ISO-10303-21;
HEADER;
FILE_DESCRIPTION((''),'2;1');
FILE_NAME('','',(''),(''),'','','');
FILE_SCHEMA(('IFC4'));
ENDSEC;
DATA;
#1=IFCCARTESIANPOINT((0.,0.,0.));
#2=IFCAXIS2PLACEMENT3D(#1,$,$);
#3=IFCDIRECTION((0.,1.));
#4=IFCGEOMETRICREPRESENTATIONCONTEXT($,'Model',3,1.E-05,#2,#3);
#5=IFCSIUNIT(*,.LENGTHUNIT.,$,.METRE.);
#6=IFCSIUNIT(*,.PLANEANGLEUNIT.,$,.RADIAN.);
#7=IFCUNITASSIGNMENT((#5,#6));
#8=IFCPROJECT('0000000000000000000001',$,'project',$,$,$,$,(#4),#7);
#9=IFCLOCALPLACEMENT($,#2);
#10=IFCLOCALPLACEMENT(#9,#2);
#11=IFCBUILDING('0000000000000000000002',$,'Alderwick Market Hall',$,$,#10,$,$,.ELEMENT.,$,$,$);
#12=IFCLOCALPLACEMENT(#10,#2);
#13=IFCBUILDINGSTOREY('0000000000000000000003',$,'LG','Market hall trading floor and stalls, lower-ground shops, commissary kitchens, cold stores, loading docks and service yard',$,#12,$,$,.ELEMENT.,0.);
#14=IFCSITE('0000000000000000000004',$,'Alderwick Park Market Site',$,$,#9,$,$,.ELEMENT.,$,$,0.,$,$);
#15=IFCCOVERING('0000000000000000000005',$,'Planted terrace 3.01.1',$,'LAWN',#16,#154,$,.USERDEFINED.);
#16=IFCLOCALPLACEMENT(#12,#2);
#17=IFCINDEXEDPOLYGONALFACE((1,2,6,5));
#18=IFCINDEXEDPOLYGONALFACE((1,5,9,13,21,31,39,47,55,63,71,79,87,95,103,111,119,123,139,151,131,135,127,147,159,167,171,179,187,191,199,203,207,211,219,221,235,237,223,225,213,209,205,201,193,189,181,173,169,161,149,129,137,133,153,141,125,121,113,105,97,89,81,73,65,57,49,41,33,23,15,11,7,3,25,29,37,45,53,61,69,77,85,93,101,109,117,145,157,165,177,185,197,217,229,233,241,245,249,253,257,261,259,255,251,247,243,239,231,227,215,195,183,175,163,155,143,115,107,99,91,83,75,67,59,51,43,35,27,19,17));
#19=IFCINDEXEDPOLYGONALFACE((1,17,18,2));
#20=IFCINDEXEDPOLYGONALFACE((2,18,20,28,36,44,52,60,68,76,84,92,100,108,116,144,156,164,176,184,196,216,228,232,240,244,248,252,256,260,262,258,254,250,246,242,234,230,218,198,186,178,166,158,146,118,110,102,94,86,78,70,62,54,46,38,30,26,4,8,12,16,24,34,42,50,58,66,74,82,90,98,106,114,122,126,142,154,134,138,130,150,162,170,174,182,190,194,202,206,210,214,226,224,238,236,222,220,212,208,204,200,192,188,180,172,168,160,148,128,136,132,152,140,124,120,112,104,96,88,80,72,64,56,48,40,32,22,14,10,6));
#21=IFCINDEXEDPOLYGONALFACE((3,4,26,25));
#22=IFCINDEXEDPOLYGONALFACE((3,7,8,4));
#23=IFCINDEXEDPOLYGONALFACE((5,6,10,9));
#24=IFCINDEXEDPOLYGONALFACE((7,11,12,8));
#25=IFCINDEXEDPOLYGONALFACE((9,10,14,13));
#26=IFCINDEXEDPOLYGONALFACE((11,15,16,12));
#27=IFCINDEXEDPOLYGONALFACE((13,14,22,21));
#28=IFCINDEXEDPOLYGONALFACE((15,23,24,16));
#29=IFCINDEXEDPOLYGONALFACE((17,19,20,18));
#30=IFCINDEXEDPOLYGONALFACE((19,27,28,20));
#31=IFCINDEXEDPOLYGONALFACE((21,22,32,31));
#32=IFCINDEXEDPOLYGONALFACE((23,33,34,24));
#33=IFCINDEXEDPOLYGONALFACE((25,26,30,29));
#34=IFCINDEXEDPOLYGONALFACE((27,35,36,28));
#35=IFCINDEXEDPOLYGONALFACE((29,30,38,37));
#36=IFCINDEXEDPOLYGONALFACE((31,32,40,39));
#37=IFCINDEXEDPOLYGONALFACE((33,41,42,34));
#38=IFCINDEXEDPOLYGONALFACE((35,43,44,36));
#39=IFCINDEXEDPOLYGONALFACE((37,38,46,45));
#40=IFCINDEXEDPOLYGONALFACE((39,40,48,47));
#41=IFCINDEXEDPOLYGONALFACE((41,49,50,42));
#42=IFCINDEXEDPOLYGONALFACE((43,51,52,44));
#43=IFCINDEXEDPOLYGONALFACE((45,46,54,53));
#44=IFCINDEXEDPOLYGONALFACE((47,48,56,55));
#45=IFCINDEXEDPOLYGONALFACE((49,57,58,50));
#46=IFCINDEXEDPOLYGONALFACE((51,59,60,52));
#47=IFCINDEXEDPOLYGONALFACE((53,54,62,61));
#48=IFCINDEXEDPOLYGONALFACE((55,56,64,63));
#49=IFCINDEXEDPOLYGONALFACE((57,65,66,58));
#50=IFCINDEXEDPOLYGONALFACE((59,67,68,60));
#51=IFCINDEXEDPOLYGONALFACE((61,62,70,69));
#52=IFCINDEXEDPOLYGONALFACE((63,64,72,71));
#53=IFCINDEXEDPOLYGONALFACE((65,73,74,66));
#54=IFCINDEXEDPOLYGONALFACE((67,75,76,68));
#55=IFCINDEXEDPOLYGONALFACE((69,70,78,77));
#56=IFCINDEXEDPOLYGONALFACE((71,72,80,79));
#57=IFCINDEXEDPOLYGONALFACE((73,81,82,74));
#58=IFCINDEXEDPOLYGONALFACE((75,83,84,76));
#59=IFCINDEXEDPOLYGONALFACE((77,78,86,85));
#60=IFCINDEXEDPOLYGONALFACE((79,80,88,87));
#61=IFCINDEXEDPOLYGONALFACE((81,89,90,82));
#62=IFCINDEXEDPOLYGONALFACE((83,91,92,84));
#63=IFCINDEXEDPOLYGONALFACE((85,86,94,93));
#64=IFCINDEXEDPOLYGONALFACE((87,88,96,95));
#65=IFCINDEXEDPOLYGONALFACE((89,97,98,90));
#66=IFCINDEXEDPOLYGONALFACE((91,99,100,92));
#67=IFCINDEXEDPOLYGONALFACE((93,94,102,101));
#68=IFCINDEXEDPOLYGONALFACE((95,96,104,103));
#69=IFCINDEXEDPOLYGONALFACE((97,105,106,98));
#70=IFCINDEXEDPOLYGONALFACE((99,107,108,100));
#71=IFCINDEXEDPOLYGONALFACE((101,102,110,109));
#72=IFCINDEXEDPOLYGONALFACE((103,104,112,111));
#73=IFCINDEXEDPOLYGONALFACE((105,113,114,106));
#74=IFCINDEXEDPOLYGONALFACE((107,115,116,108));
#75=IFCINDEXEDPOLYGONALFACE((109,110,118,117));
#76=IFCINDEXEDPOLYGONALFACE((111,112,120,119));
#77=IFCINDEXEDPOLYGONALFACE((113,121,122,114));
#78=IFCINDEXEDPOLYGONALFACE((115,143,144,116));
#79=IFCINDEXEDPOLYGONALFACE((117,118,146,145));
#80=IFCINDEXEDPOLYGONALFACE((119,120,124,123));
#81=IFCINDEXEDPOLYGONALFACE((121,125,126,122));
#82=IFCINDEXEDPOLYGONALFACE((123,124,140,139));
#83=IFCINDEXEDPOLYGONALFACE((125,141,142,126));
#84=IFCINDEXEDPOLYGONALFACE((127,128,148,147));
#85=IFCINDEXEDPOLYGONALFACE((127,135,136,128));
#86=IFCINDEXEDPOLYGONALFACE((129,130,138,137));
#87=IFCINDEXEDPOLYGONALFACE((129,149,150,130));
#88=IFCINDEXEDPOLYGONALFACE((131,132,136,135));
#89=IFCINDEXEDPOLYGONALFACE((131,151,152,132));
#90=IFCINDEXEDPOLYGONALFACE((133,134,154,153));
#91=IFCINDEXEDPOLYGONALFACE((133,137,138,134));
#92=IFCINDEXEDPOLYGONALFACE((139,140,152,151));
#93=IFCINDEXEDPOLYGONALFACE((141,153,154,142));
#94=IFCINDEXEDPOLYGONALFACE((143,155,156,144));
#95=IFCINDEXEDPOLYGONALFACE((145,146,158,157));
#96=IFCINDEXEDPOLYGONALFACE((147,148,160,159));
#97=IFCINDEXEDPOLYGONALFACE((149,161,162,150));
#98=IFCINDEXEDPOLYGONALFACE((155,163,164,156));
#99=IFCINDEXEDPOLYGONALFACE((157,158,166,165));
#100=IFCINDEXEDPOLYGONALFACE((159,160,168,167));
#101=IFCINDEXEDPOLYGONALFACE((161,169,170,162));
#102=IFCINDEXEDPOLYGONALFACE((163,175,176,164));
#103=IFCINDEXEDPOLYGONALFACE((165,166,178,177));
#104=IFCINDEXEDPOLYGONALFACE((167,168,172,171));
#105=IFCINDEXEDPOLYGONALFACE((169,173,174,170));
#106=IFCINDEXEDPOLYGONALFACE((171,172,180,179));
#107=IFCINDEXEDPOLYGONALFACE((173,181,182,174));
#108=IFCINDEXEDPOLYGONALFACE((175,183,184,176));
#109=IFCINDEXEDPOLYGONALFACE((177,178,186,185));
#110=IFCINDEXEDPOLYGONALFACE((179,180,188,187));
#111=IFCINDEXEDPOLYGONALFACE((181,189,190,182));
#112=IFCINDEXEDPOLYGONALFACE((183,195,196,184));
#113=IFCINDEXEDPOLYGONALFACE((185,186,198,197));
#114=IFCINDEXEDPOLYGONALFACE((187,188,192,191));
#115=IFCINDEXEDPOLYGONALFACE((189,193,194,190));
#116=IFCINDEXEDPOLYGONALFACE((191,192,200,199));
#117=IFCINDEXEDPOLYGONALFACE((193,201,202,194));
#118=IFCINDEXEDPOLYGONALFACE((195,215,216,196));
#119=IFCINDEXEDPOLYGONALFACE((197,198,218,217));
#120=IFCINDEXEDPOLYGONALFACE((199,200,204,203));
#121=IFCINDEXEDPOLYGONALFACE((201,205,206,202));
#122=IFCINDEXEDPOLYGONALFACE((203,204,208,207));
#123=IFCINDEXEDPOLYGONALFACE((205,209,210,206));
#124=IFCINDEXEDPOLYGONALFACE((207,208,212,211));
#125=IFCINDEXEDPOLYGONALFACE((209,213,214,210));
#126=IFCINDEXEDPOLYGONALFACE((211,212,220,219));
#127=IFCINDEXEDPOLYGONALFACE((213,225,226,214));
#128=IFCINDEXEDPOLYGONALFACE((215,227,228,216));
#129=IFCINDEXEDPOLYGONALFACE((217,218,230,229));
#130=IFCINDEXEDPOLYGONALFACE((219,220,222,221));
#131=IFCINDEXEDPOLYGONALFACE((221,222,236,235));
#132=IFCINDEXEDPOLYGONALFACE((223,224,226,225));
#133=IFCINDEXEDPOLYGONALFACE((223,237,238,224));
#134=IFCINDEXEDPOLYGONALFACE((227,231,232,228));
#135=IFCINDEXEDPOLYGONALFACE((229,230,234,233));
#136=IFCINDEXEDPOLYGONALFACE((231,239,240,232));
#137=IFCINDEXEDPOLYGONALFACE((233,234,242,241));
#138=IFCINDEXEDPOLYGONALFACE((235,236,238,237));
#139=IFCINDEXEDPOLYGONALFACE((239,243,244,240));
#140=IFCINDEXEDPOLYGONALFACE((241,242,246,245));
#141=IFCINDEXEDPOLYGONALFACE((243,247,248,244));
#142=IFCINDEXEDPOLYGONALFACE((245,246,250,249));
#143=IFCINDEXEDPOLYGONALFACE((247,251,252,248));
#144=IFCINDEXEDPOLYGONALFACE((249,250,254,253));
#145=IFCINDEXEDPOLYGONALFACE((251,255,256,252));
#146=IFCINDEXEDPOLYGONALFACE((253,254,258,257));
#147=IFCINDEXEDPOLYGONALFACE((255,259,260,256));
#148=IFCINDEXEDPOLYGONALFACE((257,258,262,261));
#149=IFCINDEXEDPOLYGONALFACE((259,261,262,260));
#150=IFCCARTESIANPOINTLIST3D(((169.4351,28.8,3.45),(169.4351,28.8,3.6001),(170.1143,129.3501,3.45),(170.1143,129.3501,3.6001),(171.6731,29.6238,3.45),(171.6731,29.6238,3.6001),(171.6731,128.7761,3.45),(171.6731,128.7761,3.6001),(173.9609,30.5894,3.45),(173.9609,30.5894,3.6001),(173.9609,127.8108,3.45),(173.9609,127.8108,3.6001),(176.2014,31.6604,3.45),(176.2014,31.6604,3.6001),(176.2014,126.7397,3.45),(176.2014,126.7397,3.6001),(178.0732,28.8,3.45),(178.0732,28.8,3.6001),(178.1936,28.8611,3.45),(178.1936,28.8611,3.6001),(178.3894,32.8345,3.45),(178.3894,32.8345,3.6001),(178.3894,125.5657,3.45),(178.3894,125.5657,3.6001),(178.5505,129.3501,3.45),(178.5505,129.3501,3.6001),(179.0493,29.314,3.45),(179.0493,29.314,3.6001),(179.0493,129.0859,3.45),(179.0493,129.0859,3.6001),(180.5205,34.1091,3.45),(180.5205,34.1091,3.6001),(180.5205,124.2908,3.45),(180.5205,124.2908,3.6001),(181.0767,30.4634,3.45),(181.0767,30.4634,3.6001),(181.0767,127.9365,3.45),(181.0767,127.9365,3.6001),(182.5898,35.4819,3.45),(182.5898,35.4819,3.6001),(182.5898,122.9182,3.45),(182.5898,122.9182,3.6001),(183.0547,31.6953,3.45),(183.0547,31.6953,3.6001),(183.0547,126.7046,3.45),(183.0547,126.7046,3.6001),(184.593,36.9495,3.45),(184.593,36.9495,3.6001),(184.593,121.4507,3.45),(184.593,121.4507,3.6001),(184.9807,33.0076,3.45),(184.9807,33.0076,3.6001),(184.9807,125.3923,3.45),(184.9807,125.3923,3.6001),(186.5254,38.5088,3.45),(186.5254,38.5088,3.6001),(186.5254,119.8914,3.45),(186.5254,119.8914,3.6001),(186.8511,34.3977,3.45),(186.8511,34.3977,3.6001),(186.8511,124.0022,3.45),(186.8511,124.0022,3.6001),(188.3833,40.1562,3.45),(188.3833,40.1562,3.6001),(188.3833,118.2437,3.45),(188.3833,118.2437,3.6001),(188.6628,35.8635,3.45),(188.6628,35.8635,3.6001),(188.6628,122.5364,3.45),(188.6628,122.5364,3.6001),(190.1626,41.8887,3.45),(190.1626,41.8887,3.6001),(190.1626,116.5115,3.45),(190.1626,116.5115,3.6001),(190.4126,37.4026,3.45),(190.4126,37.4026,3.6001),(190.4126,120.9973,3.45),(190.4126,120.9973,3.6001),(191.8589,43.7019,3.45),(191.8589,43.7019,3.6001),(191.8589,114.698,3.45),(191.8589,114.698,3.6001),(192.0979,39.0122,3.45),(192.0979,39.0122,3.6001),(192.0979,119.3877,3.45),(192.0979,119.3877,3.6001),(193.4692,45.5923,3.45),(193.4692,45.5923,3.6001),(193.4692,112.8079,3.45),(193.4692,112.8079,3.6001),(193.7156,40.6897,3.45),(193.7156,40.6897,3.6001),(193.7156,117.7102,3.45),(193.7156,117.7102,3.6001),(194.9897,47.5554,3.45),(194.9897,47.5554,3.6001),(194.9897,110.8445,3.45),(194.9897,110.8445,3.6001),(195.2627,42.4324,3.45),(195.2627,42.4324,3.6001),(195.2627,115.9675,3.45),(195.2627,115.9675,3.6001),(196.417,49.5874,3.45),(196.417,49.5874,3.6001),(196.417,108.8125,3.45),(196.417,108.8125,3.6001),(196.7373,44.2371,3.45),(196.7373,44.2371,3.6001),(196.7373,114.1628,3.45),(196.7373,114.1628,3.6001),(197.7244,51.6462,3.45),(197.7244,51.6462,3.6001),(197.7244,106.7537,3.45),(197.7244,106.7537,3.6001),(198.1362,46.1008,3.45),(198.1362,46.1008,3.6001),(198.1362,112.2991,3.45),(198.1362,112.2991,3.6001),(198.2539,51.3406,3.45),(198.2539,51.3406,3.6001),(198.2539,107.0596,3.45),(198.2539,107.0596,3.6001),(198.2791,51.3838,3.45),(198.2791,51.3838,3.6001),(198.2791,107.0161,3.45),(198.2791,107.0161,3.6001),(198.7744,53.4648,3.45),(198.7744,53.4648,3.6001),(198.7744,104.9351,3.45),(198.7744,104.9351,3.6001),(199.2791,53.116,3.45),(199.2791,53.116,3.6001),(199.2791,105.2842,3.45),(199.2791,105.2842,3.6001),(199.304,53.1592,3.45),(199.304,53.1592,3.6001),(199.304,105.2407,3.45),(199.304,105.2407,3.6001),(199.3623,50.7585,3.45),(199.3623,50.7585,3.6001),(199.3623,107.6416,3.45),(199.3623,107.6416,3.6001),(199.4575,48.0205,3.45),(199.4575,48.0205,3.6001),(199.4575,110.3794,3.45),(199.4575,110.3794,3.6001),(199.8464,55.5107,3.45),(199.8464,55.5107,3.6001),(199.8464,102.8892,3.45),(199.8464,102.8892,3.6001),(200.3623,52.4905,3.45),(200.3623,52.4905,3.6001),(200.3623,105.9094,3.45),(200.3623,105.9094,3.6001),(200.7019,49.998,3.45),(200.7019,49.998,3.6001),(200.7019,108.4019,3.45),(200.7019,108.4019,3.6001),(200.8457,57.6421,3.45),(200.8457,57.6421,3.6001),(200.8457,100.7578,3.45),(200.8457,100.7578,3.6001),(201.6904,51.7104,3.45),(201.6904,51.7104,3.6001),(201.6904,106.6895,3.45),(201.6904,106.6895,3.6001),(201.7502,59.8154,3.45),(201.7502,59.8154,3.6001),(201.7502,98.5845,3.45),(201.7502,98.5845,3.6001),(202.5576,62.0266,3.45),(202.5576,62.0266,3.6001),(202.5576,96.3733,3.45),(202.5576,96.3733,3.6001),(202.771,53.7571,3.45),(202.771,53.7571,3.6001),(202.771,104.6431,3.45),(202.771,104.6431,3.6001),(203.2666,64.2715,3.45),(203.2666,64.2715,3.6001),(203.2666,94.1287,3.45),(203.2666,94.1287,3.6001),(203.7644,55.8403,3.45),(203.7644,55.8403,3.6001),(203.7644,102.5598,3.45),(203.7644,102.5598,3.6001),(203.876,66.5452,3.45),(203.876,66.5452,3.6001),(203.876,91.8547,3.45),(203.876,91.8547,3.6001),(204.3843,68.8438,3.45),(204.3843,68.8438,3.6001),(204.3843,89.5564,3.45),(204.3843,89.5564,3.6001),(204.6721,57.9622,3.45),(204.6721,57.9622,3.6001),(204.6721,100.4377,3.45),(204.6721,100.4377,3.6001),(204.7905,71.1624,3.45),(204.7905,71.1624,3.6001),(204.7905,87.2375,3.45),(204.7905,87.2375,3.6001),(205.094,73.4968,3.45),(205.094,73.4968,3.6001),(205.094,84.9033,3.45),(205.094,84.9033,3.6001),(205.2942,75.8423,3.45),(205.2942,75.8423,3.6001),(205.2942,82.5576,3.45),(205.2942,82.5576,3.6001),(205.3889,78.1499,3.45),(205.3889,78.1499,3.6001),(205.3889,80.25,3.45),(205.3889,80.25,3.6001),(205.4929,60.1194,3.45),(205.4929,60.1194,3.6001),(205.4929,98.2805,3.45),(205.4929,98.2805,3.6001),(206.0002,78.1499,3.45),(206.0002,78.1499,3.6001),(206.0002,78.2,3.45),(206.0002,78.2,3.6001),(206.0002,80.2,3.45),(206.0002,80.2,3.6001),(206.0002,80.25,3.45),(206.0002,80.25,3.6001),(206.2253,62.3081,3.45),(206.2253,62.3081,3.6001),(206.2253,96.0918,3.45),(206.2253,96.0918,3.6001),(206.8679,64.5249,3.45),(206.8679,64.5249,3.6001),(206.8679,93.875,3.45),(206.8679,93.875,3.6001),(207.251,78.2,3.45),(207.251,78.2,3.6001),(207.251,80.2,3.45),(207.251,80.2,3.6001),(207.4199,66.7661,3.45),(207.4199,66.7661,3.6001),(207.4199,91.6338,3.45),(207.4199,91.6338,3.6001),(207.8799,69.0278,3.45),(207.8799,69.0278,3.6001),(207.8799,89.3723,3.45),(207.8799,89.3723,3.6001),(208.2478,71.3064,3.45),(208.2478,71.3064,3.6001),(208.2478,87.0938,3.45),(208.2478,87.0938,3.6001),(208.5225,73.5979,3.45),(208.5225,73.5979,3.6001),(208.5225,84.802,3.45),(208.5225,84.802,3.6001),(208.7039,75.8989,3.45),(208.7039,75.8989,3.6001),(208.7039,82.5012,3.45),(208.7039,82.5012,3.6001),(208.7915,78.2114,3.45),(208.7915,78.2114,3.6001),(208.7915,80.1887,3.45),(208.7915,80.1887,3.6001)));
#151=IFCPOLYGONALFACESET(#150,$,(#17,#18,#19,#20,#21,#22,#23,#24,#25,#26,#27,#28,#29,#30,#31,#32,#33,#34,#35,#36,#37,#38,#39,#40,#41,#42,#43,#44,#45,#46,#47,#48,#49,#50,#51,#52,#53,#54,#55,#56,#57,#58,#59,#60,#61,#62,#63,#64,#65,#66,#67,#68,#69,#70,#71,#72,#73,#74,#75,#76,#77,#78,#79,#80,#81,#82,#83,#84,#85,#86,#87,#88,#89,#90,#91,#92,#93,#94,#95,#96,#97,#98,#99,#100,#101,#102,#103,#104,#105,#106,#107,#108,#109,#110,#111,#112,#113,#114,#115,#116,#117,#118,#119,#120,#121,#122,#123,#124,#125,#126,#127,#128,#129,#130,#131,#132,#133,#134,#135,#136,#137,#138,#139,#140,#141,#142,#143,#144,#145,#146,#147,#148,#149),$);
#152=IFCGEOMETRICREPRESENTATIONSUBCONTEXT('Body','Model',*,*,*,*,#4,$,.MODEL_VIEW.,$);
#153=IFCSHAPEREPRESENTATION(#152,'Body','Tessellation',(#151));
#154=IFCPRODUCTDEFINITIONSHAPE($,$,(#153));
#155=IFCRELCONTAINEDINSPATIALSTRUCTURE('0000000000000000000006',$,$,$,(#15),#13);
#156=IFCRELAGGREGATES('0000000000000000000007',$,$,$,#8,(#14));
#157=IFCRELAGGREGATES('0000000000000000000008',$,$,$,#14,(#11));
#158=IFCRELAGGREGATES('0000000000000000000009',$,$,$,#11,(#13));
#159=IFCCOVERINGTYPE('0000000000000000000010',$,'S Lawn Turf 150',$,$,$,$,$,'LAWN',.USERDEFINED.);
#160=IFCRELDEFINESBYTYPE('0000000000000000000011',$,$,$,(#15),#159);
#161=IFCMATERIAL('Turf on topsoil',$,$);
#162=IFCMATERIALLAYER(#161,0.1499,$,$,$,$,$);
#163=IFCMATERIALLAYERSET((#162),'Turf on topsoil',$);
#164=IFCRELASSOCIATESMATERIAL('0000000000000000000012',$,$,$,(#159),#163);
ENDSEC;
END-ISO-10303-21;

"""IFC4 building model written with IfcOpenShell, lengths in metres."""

from ifc_helpers import new_model, si_unit, direction, frame, origin, place, context, subcontext, project, spatial, polyline, outline, extrude, material, layer, layer_set, type_object, element, save


model = new_model("IFC4")

# Units and contexts
model_context = context("Model", 3, precision=1e-05, world=origin(), true_north=direction((0.0, 1.0)))
body_context = subcontext(model_context, "Body", "Model", "MODEL_VIEW")
ifc_project = project(units=[si_unit("LENGTHUNIT", "METRE"), si_unit("PLANEANGLEUNIT", "RADIAN")], contexts=[model_context])

# Site, building, storey
site_placement = place(None, origin())
site = spatial("IfcSite", under=ifc_project, at=site_placement, Name="Alderwick Park Market Site", CompositionType="ELEMENT", RefElevation=0.0)
building_placement = place(site_placement, origin())
building = spatial("IfcBuilding", under=site, at=building_placement, Name="Alderwick Market Hall", CompositionType="ELEMENT")
storey_placement = place(building_placement, origin())
storey = spatial("IfcBuildingStorey", under=building, at=storey_placement, Name="LG", Description="Market hall trading floor and stalls, lower-ground shops, commissary kitchens, cold stores, loading docks and service yard", CompositionType="ELEMENT", Elevation=0.0)

# Covering
ifc_material_1 = material(Name="Turf on topsoil")
ifc_layer_1 = layer(ifc_material_1, 0.1499)
ifc_layer_set_1 = layer_set([ifc_layer_1], Name="Turf on topsoil")
covering_type = type_object("IfcCoveringType", Name="S Lawn Turf 150", ElementType="LAWN", PredefinedType="USERDEFINED", material=ifc_layer_set_1)
covering_placement = place(storey_placement, frame((0.0, 0.0, 3.45)))
element("IfcCovering", 1, at=covering_placement, inside=storey, type_object=covering_type, Name="Planted terrace 3.01.1", ObjectType="LAWN", PredefinedType="USERDEFINED", context=body_context, shape_type="SweptSolid", body=[
    extrude(outline(polyline([(176.2014, 31.6604), (173.9609, 30.5894), (171.6731, 29.6238), (169.4351, 28.8), (178.0732, 28.8), (178.1936, 28.8611), (179.0493, 29.314), (181.0767, 30.4634), (183.0547, 31.6953), (184.9807, 33.0076), (186.8511, 34.3977), (188.6628, 35.8635), (190.4126, 37.4026), (192.0979, 39.0122), (193.7156, 40.6897), (195.2627, 42.4324), (196.7373, 44.2371), (198.1362, 46.1008), (199.4575, 48.0205), (200.7019, 49.998), (201.6904, 51.7104), (202.771, 53.7571), (203.7644, 55.8403), (204.6721, 57.9622), (205.4929, 60.1194), (206.2253, 62.3081), (206.8679, 64.5249), (207.4199, 66.7661), (207.8799, 69.0278), (208.2478, 71.3064), (208.5225, 73.5979), (208.7039, 75.8989), (208.7915, 78.2114), (208.7915, 80.1887), (208.7039, 82.5012), (208.5225, 84.802), (208.2478, 87.0938), (207.8799, 89.3723), (207.4199, 91.6338), (206.8679, 93.875), (206.2253, 96.0918), (205.4929, 98.2805), (204.6721, 100.4377), (203.7644, 102.5598), (202.771, 104.6431), (201.6904, 106.6895), (200.7019, 108.4019), (199.4575, 110.3794), (198.1362, 112.2991), (196.7373, 114.1628), (195.2627, 115.9675), (193.7156, 117.7102), (192.0979, 119.3877), (190.4126, 120.9973), (188.6628, 122.5364), (186.8511, 124.0022), (184.9807, 125.3923), (183.0547, 126.7046), (181.0767, 127.9365), (179.0493, 129.0859), (178.5505, 129.3501), (170.1143, 129.3501), (171.6731, 128.7761), (173.9609, 127.8108), (176.2014, 126.7397), (178.3894, 125.5657), (180.5205, 124.2908), (182.5898, 122.9182), (184.593, 121.4507), (186.5254, 119.8914), (188.3833, 118.2437), (190.1626, 116.5115), (191.8589, 114.698), (193.4692, 112.8079), (194.9897, 110.8445), (196.417, 108.8125), (197.7244, 106.7537), (198.2539, 107.0596), (198.2791, 107.0161), (199.3623, 107.6416), (200.3623, 105.9094), (199.2791, 105.2842), (199.304, 105.2407), (198.7744, 104.9351), (199.8464, 102.8892), (200.8457, 100.7578), (201.7502, 98.5845), (202.5576, 96.3733), (203.2666, 94.1287), (203.876, 91.8547), (204.3843, 89.5564), (204.7905, 87.2375), (205.094, 84.9033), (205.2942, 82.5576), (205.3889, 80.25), (206.0002, 80.25), (206.0002, 80.2), (207.251, 80.2), (207.251, 78.2), (206.0002, 78.2), (206.0002, 78.1499), (205.3889, 78.1499), (205.2942, 75.8423), (205.094, 73.4968), (204.7905, 71.1624), (204.3843, 68.8438), (203.876, 66.5452), (203.2666, 64.2715), (202.5576, 62.0266), (201.7502, 59.8154), (200.8457, 57.6421), (199.8464, 55.5107), (198.7744, 53.4648), (199.304, 53.1592), (199.2791, 53.116), (200.3623, 52.4905), (199.3623, 50.7585), (198.2791, 51.3838), (198.2539, 51.3406), (197.7244, 51.6462), (196.417, 49.5874), (194.9897, 47.5554), (193.4692, 45.5923), (191.8589, 43.7019), (190.1626, 41.8887), (188.3833, 40.1562), (186.5254, 38.5088), (184.593, 36.9495), (182.5898, 35.4819), (180.5205, 34.1091), (178.3894, 32.8345), (176.2014, 31.6604)])), origin(), (0.0, 0.0, 1.0), 0.1501),
])

save(model, "model.ifc")
